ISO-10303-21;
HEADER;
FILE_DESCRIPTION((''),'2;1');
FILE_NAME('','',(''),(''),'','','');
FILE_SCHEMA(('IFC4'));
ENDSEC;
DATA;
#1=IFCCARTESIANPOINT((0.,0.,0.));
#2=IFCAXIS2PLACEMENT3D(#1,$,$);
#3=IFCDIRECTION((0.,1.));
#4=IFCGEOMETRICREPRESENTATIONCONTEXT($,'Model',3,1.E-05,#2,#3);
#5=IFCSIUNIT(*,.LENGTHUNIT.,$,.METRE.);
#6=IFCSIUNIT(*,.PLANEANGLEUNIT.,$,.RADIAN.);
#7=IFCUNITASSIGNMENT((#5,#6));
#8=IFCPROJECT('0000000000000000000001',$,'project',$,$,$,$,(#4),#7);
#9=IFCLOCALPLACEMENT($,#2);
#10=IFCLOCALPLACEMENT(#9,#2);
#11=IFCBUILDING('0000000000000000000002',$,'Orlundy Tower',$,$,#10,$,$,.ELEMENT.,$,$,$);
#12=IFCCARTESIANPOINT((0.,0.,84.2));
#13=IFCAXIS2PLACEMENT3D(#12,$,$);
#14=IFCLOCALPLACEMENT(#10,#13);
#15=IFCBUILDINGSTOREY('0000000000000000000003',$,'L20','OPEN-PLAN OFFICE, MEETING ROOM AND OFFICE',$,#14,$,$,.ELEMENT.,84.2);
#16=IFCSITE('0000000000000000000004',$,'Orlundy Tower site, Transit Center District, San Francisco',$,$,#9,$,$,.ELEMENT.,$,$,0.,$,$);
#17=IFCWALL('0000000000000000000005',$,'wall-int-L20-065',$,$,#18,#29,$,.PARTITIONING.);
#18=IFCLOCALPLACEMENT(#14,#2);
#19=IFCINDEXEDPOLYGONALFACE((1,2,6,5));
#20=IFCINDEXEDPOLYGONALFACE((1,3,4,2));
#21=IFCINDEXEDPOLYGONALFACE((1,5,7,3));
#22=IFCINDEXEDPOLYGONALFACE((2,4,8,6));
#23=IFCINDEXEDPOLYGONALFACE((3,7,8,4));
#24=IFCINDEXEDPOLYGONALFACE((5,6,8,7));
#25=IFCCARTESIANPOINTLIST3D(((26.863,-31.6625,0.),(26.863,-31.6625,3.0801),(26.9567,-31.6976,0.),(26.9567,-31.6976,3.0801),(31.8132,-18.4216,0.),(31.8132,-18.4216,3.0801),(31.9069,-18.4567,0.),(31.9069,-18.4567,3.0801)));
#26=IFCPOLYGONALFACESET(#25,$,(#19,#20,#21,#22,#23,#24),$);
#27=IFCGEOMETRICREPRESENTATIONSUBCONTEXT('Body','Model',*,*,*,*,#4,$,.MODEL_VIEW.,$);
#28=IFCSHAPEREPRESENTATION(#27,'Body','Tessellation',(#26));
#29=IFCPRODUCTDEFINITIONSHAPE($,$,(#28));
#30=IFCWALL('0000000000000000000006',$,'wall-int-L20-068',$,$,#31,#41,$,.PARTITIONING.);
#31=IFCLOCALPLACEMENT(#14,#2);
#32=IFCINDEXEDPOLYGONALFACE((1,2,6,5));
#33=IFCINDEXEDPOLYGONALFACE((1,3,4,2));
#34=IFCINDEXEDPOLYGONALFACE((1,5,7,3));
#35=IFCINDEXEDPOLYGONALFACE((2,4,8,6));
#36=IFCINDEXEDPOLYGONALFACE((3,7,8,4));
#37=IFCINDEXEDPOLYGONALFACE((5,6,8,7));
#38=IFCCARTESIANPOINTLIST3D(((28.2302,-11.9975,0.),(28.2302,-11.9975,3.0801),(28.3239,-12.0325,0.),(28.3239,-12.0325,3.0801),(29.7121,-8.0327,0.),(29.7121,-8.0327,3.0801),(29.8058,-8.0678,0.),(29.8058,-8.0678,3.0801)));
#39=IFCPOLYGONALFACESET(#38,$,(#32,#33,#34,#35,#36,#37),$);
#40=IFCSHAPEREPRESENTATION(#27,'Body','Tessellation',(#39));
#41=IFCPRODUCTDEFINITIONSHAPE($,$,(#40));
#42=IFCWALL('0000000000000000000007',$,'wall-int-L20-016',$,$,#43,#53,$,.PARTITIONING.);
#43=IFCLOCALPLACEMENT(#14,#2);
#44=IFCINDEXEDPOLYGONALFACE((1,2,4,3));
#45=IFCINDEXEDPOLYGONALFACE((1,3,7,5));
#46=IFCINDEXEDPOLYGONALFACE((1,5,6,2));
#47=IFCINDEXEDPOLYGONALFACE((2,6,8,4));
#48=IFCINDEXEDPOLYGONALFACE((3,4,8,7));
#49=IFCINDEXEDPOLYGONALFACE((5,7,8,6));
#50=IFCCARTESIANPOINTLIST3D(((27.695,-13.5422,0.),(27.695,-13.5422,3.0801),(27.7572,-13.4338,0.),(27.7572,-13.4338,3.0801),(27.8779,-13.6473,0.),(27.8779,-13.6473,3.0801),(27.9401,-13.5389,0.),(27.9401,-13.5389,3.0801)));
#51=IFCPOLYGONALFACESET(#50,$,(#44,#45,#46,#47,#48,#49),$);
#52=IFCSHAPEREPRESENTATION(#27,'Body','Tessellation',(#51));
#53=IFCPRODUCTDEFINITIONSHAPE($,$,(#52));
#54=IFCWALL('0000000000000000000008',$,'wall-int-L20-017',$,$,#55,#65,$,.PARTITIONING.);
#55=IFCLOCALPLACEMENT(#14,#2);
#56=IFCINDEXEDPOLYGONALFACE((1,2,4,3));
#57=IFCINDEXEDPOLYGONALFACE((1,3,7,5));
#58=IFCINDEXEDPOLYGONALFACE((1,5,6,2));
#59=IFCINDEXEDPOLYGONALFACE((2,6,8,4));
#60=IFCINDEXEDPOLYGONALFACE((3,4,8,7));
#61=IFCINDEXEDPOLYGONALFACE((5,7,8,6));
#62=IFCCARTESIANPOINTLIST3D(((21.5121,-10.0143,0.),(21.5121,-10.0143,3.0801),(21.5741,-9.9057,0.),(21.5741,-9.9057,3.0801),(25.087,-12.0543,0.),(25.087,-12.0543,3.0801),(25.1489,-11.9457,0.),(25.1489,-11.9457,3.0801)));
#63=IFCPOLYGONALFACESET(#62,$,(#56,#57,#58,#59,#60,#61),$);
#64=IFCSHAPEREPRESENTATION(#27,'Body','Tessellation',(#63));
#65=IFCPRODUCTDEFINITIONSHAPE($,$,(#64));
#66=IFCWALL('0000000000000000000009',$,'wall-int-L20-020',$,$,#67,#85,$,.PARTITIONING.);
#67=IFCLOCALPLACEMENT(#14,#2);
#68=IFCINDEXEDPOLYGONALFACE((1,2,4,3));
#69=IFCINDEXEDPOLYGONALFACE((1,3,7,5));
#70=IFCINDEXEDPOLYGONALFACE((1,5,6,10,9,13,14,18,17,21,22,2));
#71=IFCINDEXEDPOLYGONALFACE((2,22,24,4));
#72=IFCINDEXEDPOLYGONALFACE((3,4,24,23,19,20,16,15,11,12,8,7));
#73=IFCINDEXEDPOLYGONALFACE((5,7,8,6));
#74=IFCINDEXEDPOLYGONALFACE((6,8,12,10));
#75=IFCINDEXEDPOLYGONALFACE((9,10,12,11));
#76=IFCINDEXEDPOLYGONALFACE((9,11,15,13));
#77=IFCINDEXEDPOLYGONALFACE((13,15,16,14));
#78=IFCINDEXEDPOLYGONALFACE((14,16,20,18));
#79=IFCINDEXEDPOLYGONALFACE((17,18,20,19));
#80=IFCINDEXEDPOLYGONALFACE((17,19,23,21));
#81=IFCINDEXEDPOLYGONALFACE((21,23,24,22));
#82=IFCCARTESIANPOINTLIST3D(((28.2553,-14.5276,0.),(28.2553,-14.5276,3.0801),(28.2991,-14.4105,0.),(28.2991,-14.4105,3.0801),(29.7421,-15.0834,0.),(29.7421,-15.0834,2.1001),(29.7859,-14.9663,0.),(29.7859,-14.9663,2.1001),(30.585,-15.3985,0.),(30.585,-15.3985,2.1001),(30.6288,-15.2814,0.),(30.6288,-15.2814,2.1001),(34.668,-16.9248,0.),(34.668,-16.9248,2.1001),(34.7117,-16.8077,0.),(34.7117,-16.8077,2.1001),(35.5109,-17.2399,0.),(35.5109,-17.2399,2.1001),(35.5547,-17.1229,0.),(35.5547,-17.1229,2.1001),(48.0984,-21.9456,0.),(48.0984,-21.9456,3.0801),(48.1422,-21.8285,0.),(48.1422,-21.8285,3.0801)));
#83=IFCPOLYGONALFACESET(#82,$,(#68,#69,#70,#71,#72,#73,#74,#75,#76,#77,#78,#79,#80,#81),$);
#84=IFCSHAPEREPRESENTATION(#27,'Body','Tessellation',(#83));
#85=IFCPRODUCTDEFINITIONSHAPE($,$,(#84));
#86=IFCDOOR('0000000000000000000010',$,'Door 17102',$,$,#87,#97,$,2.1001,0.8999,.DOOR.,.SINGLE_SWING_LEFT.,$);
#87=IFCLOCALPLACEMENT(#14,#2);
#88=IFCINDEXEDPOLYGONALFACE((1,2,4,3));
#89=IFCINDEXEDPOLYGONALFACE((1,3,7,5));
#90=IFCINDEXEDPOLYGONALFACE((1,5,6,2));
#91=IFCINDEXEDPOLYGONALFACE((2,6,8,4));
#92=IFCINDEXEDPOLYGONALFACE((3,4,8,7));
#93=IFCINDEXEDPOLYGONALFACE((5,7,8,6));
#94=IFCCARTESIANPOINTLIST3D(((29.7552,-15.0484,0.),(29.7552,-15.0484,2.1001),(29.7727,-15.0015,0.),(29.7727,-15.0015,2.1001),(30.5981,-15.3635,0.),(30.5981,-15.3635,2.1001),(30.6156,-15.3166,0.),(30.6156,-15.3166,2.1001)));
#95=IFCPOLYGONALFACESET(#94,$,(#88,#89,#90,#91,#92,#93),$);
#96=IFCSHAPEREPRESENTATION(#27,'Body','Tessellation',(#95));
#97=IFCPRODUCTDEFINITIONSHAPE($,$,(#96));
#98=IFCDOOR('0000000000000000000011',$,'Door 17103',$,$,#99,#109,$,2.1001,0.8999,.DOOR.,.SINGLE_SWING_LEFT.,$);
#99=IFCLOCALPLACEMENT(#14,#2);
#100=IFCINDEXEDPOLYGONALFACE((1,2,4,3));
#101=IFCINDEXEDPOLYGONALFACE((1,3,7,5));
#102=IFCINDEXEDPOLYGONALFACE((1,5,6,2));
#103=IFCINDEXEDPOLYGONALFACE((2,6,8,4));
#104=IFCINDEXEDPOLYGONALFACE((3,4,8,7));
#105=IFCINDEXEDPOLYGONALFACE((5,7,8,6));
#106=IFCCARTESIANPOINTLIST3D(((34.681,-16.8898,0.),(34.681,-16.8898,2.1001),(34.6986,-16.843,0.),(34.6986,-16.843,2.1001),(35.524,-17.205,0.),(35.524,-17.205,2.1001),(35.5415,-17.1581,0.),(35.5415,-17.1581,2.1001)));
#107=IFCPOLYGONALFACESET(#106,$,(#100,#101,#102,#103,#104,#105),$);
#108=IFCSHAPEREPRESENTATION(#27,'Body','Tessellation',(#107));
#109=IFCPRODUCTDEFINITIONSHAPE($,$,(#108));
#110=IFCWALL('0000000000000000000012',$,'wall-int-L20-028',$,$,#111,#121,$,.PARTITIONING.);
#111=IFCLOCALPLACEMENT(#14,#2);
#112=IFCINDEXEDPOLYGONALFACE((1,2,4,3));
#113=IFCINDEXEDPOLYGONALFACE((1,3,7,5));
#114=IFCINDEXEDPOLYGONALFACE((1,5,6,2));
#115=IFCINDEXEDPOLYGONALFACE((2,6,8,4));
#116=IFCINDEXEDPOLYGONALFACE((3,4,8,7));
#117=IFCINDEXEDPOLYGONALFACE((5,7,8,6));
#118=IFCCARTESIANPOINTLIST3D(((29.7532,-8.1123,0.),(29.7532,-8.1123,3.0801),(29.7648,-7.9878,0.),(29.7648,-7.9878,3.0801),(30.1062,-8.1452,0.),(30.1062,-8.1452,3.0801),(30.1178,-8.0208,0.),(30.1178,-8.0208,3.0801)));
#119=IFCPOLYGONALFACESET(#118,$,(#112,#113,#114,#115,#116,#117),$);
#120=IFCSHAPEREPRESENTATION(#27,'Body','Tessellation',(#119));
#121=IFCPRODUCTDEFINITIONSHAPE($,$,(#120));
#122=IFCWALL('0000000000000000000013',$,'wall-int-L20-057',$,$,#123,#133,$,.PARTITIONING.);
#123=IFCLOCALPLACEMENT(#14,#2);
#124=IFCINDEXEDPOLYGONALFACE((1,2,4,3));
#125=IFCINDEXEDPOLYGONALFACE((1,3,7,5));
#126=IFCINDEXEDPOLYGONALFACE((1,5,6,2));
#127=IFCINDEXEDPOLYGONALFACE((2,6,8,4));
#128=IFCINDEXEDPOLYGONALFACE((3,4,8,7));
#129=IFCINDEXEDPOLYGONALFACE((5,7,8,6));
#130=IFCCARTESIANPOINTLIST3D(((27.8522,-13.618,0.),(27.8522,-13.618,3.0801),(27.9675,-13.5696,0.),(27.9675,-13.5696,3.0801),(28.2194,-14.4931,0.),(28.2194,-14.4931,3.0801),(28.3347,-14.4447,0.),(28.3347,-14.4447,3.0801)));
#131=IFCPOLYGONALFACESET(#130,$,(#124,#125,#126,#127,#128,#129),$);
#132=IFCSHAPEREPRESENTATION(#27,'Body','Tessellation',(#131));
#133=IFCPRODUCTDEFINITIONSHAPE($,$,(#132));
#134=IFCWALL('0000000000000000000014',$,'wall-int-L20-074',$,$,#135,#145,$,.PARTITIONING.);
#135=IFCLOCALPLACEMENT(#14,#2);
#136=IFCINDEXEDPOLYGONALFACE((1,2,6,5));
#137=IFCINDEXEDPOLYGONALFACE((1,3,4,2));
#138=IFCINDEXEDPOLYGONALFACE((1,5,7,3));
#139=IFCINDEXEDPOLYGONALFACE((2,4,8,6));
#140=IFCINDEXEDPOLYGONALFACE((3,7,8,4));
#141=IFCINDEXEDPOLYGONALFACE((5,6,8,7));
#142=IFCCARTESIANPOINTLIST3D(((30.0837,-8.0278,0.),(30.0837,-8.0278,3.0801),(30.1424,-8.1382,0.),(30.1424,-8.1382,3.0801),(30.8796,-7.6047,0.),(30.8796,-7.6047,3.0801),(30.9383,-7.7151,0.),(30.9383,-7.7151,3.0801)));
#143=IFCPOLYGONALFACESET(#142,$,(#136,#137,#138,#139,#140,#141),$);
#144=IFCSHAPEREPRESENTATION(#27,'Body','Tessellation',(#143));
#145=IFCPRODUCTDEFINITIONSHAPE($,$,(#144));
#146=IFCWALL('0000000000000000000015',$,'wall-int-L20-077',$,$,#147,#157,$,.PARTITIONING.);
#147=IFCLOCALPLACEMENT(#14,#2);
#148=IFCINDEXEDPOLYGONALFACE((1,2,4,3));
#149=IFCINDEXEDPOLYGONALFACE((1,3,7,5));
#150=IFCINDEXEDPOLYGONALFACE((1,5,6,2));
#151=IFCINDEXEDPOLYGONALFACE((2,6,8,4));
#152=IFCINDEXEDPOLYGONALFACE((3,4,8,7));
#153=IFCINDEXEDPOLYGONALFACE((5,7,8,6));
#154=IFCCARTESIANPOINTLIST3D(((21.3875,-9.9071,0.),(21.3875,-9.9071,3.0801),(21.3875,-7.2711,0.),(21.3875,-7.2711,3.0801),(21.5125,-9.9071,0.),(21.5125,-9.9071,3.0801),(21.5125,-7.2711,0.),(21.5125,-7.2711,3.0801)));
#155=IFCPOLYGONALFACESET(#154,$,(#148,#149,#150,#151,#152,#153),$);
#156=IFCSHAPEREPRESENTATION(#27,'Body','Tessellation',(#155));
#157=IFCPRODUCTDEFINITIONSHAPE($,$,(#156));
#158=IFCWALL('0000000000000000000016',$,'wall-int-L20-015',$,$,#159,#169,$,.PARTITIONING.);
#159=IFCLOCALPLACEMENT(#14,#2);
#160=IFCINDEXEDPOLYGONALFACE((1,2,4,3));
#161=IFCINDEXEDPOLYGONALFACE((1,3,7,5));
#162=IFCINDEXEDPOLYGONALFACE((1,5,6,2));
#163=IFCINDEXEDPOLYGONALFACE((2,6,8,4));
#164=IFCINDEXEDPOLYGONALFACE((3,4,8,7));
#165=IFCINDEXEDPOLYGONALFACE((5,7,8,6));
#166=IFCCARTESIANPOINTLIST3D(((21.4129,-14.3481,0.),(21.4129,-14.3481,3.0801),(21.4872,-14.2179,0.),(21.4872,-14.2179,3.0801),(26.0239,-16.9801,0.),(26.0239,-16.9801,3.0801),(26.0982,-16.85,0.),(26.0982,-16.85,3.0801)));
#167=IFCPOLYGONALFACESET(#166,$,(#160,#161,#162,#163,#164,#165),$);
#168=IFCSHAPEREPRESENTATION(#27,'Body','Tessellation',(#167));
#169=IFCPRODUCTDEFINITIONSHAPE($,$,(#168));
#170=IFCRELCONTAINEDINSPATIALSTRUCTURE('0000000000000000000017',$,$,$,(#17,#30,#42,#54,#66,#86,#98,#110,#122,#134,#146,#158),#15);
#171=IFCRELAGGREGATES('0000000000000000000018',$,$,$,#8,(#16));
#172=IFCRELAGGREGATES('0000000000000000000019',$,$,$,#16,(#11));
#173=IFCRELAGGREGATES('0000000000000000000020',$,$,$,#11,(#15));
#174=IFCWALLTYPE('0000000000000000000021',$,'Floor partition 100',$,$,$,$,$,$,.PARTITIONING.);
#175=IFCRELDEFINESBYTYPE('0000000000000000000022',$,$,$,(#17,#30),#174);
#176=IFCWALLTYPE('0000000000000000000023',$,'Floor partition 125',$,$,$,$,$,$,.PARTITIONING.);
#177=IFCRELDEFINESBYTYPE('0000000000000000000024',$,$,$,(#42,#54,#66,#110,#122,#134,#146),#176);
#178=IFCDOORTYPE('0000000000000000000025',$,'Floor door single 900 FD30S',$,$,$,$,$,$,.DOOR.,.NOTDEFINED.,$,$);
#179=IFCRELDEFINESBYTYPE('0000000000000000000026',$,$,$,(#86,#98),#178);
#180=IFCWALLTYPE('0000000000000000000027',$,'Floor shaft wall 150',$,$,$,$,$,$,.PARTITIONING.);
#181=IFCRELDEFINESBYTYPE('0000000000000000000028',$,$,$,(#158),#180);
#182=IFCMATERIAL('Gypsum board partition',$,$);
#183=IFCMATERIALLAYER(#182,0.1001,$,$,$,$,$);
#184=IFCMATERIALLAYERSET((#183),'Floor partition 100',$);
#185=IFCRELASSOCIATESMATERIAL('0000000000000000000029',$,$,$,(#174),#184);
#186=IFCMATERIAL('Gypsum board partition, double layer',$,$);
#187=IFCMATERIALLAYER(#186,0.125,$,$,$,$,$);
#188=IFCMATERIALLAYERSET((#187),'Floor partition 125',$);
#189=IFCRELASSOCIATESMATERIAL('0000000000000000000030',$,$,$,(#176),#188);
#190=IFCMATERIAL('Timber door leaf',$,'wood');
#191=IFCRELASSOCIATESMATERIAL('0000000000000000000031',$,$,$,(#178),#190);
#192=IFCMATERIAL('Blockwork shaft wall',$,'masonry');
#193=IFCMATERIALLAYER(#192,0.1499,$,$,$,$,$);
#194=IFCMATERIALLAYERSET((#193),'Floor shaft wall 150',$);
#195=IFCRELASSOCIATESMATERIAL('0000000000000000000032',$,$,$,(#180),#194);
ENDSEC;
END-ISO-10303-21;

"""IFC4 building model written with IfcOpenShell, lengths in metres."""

from ifc_helpers import new_model, si_unit, direction, frame, frame_2d, origin, place, context, subcontext, project, spatial, rectangle, extrude, material, layer, layer_set, type_object, element, fill, save


model = new_model("IFC4")

# Units and contexts
model_context = context("Model", 3, precision=1e-05, world=origin(), true_north=direction((0.0, 1.0)))
body_context = subcontext(model_context, "Body", "Model", "MODEL_VIEW")
ifc_project = project(units=[si_unit("LENGTHUNIT", "METRE"), si_unit("PLANEANGLEUNIT", "RADIAN")], contexts=[model_context])

# Site, building, storey
site_placement = place(None, origin())
site = spatial("IfcSite", under=ifc_project, at=site_placement, Name="Orlundy Tower site, Transit Center District, San Francisco", CompositionType="ELEMENT", RefElevation=0.0)
building_placement = place(site_placement, origin())
building = spatial("IfcBuilding", under=site, at=building_placement, Name="Orlundy Tower", CompositionType="ELEMENT")
storey_placement = place(building_placement, frame((0.0, 0.0, 84.2)))
storey = spatial("IfcBuildingStorey", under=building, at=storey_placement, Name="L20", Description="OPEN-PLAN OFFICE, MEETING ROOM AND OFFICE", CompositionType="ELEMENT", Elevation=84.2)

# Walls
ifc_material_1 = material(Name="Gypsum board partition")
ifc_layer_1 = layer(ifc_material_1, 0.1001)
ifc_layer_set_1 = layer_set([ifc_layer_1], Name="Floor partition 100")
wall_type_1 = type_object("IfcWallType", Name="Floor partition 100", PredefinedType="PARTITIONING", material=ifc_layer_set_1)
wall_1_placement = place(storey_placement, frame((26.9099, -31.6799, 0.0), z_axis=(0.0, 0.0, 1.0), x_axis=(0.350183, 0.936681, 0.0)))
element("IfcWall", 1, at=wall_1_placement, inside=storey, type_object=wall_type_1, Name="wall-int-L20-065", PredefinedType="PARTITIONING", context=body_context, shape_type="SweptSolid", body=[
    extrude(rectangle(XDim=14.136, YDim=0.1001, at=frame_2d((7.0679, 0.0))), origin(), (0.0, 0.0, 1.0), 3.0801),
])
wall_2_placement = place(storey_placement, frame((28.2771, -12.0149, 0.0), z_axis=(0.0, 0.0, 1.0), x_axis=(0.350112, 0.936708, 0.0)))
element("IfcWall", 2, at=wall_2_placement, inside=storey, type_object=wall_type_1, Name="wall-int-L20-068", PredefinedType="PARTITIONING", context=body_context, shape_type="SweptSolid", body=[
    extrude(rectangle(XDim=4.2327, YDim=0.1001, at=frame_2d((2.1162, 0.0))), origin(), (0.0, 0.0, 1.0), 3.0801),
])
ifc_material_2 = material(Name="Gypsum board partition, double layer")
ifc_layer_2 = layer(ifc_material_2, 0.125)
ifc_layer_set_2 = layer_set([ifc_layer_2], Name="Floor partition 125")
wall_type_2 = type_object("IfcWallType", Name="Floor partition 125", PredefinedType="PARTITIONING", material=ifc_layer_set_2)
wall_3_placement = place(storey_placement, frame((27.7261, -13.488, 0.0), z_axis=(0.0, 0.0, 1.0), x_axis=(0.867244, -0.497884, 0.0)))
element("IfcWall", 3, at=wall_3_placement, inside=storey, type_object=wall_type_2, Name="wall-int-L20-016", PredefinedType="PARTITIONING", context=body_context, shape_type="SweptSolid", body=[
    extrude(rectangle(XDim=0.2109, YDim=0.125, at=frame_2d((0.1055, 0.0))), origin(), (0.0, 0.0, 1.0), 3.0801),
])
wall_4_placement = place(storey_placement, frame((21.543, -9.96, 0.0), z_axis=(0.0, 0.0, 1.0), x_axis=(0.868535, -0.495628, 0.0)))
element("IfcWall", 4, at=wall_4_placement, inside=storey, type_object=wall_type_2, Name="wall-int-L20-017", PredefinedType="PARTITIONING", context=body_context, shape_type="SweptSolid", body=[
    extrude(rectangle(XDim=4.116, YDim=0.125, at=frame_2d((2.0581, 0.0))), origin(), (0.0, 0.0, 1.0), 3.0801),
])

# Wall, openings, doors
wall_5_placement = place(storey_placement, frame((28.2771, -14.469, 0.0), z_axis=(0.0, 0.0, 1.0), x_axis=(0.936688, -0.350165, 0.0)))
wall_5 = element("IfcWall", 5, at=wall_5_placement, inside=storey, type_object=wall_type_2, Name="wall-int-L20-020", PredefinedType="PARTITIONING", context=body_context, shape_type="SweptSolid", body=[
    extrude(rectangle(XDim=21.1843, YDim=0.125, at=frame_2d((10.5923, 0.0))), origin(), (0.0, 0.0, 1.0), 3.0801),
])
opening_1_placement = place(wall_5_placement, frame((1.5874, 0.0, 0.0)))
opening_1 = element("IfcOpeningElement", 6, at=opening_1_placement, cuts=wall_5, PredefinedType="OPENING", context=body_context, shape_type="SweptSolid", body=[
    extrude(rectangle(XDim=0.8999, YDim=2.1001, at=frame_2d((0.45, 1.05))), frame((0.0, 0.0725, 0.0), z_axis=(0.0, -1.0, 0.0), x_axis=(1.0, 0.0, 0.0)), (0.0, 0.0, 1.0), 0.145),
])
opening_2_placement = place(wall_5_placement, frame((6.8462, 0.0, 0.0)))
opening_2 = element("IfcOpeningElement", 7, at=opening_2_placement, cuts=wall_5, PredefinedType="OPENING", context=body_context, shape_type="SweptSolid", body=[
    extrude(rectangle(XDim=0.8999, YDim=2.1001, at=frame_2d((0.45, 1.05))), frame((0.0, 0.0725, 0.0), z_axis=(0.0, -1.0, 0.0), x_axis=(1.0, 0.0, 0.0)), (0.0, 0.0, 1.0), 0.145),
])
ifc_material_3 = material(Name="Timber door leaf", Category="wood")
door_type_1 = type_object("IfcDoorType", Name="Floor door single 900 FD30S", OperationType="NOTDEFINED", PredefinedType="DOOR", material=ifc_material_3)
door_1_placement = place(opening_1_placement, origin())
door_1 = element("IfcDoor", 8, at=door_1_placement, inside=storey, type_object=door_type_1, Name="Door 17102", OperationType="SINGLE_SWING_LEFT", OverallHeight=2.1001, OverallWidth=0.8999, PredefinedType="DOOR", context=body_context, shape_type="SweptSolid", body=[
    extrude(rectangle(XDim=0.8999, YDim=2.1001, at=frame_2d((0.45, 1.05))), frame((0.0, 0.0249, 0.0), z_axis=(0.0, -1.0, 0.0), x_axis=(1.0, 0.0, 0.0)), (0.0, 0.0, 1.0), 0.05),
])
fill(opening_1, door_1)
door_2_placement = place(opening_2_placement, origin())
door_2 = element("IfcDoor", 9, at=door_2_placement, inside=storey, type_object=door_type_1, Name="Door 17103", OperationType="SINGLE_SWING_LEFT", OverallHeight=2.1001, OverallWidth=0.8999, PredefinedType="DOOR", context=body_context, shape_type="SweptSolid", body=[
    extrude(rectangle(XDim=0.8999, YDim=2.1001, at=frame_2d((0.45, 1.05))), frame((0.0, 0.0249, 0.0), z_axis=(0.0, -1.0, 0.0), x_axis=(1.0, 0.0, 0.0)), (0.0, 0.0, 1.0), 0.05),
])
fill(opening_2, door_2)

# Walls
wall_6_placement = place(storey_placement, frame((29.759, -8.05, 0.0), z_axis=(0.0, 0.0, 1.0), x_axis=(0.99567, -0.092957, 0.0)))
element("IfcWall", 10, at=wall_6_placement, inside=storey, type_object=wall_type_2, Name="wall-int-L20-028", PredefinedType="PARTITIONING", context=body_context, shape_type="SweptSolid", body=[
    extrude(rectangle(XDim=0.3545, YDim=0.125, at=frame_2d((0.1772, 0.0))), origin(), (0.0, 0.0, 1.0), 3.0801),
])
wall_7_placement = place(storey_placement, frame((28.2771, -14.469, 0.0), z_axis=(0.0, 0.0, 1.0), x_axis=(-0.386953, 0.9221, 0.0)))
element("IfcWall", 11, at=wall_7_placement, inside=storey, type_object=wall_type_2, Name="wall-int-L20-057", PredefinedType="PARTITIONING", context=body_context, shape_type="SweptSolid", body=[
    extrude(rectangle(XDim=0.949, YDim=0.125, at=frame_2d((0.4746, 0.0))), origin(), (0.0, 0.0, 1.0), 3.0801),
])
wall_8_placement = place(storey_placement, frame((30.113, -8.083, 0.0), z_axis=(0.0, 0.0, 1.0), x_axis=(0.882989, 0.469393, 0.0)))
element("IfcWall", 12, at=wall_8_placement, inside=storey, type_object=wall_type_2, Name="wall-int-L20-074", PredefinedType="PARTITIONING", context=body_context, shape_type="SweptSolid", body=[
    extrude(rectangle(XDim=0.9014, YDim=0.125, at=frame_2d((0.4507, 0.0))), origin(), (0.0, 0.0, 1.0), 3.0801),
])
wall_9_placement = place(storey_placement, frame((21.45, -9.907, 0.0), z_axis=(0.0, 0.0, 1.0), x_axis=(0.0, 1.0, 0.0)))
element("IfcWall", 13, at=wall_9_placement, inside=storey, type_object=wall_type_2, Name="wall-int-L20-077", PredefinedType="PARTITIONING", context=body_context, shape_type="SweptSolid", body=[
    extrude(rectangle(XDim=2.636, YDim=0.125, at=frame_2d((1.3179, 0.0))), origin(), (0.0, 0.0, 1.0), 3.0801),
])
ifc_material_4 = material(Name="Blockwork shaft wall", Category="masonry")
ifc_layer_3 = layer(ifc_material_4, 0.1499)
ifc_layer_set_3 = layer_set([ifc_layer_3], Name="Floor shaft wall 150")
wall_type_3 = type_object("IfcWallType", Name="Floor shaft wall 150", PredefinedType="PARTITIONING", material=ifc_layer_set_3)
wall_10_placement = place(storey_placement, frame((21.45, -14.283, 0.0), z_axis=(0.0, 0.0, 1.0), x_axis=(0.868472, -0.495738, 0.0)))
element("IfcWall", 14, at=wall_10_placement, inside=storey, type_object=wall_type_3, Name="wall-int-L20-015", PredefinedType="PARTITIONING", context=body_context, shape_type="SweptSolid", body=[
    extrude(rectangle(XDim=5.3093, YDim=0.1499, at=frame_2d((2.6548, 0.0))), origin(), (0.0, 0.0, 1.0), 3.0801),
])

save(model, "model.ifc")
